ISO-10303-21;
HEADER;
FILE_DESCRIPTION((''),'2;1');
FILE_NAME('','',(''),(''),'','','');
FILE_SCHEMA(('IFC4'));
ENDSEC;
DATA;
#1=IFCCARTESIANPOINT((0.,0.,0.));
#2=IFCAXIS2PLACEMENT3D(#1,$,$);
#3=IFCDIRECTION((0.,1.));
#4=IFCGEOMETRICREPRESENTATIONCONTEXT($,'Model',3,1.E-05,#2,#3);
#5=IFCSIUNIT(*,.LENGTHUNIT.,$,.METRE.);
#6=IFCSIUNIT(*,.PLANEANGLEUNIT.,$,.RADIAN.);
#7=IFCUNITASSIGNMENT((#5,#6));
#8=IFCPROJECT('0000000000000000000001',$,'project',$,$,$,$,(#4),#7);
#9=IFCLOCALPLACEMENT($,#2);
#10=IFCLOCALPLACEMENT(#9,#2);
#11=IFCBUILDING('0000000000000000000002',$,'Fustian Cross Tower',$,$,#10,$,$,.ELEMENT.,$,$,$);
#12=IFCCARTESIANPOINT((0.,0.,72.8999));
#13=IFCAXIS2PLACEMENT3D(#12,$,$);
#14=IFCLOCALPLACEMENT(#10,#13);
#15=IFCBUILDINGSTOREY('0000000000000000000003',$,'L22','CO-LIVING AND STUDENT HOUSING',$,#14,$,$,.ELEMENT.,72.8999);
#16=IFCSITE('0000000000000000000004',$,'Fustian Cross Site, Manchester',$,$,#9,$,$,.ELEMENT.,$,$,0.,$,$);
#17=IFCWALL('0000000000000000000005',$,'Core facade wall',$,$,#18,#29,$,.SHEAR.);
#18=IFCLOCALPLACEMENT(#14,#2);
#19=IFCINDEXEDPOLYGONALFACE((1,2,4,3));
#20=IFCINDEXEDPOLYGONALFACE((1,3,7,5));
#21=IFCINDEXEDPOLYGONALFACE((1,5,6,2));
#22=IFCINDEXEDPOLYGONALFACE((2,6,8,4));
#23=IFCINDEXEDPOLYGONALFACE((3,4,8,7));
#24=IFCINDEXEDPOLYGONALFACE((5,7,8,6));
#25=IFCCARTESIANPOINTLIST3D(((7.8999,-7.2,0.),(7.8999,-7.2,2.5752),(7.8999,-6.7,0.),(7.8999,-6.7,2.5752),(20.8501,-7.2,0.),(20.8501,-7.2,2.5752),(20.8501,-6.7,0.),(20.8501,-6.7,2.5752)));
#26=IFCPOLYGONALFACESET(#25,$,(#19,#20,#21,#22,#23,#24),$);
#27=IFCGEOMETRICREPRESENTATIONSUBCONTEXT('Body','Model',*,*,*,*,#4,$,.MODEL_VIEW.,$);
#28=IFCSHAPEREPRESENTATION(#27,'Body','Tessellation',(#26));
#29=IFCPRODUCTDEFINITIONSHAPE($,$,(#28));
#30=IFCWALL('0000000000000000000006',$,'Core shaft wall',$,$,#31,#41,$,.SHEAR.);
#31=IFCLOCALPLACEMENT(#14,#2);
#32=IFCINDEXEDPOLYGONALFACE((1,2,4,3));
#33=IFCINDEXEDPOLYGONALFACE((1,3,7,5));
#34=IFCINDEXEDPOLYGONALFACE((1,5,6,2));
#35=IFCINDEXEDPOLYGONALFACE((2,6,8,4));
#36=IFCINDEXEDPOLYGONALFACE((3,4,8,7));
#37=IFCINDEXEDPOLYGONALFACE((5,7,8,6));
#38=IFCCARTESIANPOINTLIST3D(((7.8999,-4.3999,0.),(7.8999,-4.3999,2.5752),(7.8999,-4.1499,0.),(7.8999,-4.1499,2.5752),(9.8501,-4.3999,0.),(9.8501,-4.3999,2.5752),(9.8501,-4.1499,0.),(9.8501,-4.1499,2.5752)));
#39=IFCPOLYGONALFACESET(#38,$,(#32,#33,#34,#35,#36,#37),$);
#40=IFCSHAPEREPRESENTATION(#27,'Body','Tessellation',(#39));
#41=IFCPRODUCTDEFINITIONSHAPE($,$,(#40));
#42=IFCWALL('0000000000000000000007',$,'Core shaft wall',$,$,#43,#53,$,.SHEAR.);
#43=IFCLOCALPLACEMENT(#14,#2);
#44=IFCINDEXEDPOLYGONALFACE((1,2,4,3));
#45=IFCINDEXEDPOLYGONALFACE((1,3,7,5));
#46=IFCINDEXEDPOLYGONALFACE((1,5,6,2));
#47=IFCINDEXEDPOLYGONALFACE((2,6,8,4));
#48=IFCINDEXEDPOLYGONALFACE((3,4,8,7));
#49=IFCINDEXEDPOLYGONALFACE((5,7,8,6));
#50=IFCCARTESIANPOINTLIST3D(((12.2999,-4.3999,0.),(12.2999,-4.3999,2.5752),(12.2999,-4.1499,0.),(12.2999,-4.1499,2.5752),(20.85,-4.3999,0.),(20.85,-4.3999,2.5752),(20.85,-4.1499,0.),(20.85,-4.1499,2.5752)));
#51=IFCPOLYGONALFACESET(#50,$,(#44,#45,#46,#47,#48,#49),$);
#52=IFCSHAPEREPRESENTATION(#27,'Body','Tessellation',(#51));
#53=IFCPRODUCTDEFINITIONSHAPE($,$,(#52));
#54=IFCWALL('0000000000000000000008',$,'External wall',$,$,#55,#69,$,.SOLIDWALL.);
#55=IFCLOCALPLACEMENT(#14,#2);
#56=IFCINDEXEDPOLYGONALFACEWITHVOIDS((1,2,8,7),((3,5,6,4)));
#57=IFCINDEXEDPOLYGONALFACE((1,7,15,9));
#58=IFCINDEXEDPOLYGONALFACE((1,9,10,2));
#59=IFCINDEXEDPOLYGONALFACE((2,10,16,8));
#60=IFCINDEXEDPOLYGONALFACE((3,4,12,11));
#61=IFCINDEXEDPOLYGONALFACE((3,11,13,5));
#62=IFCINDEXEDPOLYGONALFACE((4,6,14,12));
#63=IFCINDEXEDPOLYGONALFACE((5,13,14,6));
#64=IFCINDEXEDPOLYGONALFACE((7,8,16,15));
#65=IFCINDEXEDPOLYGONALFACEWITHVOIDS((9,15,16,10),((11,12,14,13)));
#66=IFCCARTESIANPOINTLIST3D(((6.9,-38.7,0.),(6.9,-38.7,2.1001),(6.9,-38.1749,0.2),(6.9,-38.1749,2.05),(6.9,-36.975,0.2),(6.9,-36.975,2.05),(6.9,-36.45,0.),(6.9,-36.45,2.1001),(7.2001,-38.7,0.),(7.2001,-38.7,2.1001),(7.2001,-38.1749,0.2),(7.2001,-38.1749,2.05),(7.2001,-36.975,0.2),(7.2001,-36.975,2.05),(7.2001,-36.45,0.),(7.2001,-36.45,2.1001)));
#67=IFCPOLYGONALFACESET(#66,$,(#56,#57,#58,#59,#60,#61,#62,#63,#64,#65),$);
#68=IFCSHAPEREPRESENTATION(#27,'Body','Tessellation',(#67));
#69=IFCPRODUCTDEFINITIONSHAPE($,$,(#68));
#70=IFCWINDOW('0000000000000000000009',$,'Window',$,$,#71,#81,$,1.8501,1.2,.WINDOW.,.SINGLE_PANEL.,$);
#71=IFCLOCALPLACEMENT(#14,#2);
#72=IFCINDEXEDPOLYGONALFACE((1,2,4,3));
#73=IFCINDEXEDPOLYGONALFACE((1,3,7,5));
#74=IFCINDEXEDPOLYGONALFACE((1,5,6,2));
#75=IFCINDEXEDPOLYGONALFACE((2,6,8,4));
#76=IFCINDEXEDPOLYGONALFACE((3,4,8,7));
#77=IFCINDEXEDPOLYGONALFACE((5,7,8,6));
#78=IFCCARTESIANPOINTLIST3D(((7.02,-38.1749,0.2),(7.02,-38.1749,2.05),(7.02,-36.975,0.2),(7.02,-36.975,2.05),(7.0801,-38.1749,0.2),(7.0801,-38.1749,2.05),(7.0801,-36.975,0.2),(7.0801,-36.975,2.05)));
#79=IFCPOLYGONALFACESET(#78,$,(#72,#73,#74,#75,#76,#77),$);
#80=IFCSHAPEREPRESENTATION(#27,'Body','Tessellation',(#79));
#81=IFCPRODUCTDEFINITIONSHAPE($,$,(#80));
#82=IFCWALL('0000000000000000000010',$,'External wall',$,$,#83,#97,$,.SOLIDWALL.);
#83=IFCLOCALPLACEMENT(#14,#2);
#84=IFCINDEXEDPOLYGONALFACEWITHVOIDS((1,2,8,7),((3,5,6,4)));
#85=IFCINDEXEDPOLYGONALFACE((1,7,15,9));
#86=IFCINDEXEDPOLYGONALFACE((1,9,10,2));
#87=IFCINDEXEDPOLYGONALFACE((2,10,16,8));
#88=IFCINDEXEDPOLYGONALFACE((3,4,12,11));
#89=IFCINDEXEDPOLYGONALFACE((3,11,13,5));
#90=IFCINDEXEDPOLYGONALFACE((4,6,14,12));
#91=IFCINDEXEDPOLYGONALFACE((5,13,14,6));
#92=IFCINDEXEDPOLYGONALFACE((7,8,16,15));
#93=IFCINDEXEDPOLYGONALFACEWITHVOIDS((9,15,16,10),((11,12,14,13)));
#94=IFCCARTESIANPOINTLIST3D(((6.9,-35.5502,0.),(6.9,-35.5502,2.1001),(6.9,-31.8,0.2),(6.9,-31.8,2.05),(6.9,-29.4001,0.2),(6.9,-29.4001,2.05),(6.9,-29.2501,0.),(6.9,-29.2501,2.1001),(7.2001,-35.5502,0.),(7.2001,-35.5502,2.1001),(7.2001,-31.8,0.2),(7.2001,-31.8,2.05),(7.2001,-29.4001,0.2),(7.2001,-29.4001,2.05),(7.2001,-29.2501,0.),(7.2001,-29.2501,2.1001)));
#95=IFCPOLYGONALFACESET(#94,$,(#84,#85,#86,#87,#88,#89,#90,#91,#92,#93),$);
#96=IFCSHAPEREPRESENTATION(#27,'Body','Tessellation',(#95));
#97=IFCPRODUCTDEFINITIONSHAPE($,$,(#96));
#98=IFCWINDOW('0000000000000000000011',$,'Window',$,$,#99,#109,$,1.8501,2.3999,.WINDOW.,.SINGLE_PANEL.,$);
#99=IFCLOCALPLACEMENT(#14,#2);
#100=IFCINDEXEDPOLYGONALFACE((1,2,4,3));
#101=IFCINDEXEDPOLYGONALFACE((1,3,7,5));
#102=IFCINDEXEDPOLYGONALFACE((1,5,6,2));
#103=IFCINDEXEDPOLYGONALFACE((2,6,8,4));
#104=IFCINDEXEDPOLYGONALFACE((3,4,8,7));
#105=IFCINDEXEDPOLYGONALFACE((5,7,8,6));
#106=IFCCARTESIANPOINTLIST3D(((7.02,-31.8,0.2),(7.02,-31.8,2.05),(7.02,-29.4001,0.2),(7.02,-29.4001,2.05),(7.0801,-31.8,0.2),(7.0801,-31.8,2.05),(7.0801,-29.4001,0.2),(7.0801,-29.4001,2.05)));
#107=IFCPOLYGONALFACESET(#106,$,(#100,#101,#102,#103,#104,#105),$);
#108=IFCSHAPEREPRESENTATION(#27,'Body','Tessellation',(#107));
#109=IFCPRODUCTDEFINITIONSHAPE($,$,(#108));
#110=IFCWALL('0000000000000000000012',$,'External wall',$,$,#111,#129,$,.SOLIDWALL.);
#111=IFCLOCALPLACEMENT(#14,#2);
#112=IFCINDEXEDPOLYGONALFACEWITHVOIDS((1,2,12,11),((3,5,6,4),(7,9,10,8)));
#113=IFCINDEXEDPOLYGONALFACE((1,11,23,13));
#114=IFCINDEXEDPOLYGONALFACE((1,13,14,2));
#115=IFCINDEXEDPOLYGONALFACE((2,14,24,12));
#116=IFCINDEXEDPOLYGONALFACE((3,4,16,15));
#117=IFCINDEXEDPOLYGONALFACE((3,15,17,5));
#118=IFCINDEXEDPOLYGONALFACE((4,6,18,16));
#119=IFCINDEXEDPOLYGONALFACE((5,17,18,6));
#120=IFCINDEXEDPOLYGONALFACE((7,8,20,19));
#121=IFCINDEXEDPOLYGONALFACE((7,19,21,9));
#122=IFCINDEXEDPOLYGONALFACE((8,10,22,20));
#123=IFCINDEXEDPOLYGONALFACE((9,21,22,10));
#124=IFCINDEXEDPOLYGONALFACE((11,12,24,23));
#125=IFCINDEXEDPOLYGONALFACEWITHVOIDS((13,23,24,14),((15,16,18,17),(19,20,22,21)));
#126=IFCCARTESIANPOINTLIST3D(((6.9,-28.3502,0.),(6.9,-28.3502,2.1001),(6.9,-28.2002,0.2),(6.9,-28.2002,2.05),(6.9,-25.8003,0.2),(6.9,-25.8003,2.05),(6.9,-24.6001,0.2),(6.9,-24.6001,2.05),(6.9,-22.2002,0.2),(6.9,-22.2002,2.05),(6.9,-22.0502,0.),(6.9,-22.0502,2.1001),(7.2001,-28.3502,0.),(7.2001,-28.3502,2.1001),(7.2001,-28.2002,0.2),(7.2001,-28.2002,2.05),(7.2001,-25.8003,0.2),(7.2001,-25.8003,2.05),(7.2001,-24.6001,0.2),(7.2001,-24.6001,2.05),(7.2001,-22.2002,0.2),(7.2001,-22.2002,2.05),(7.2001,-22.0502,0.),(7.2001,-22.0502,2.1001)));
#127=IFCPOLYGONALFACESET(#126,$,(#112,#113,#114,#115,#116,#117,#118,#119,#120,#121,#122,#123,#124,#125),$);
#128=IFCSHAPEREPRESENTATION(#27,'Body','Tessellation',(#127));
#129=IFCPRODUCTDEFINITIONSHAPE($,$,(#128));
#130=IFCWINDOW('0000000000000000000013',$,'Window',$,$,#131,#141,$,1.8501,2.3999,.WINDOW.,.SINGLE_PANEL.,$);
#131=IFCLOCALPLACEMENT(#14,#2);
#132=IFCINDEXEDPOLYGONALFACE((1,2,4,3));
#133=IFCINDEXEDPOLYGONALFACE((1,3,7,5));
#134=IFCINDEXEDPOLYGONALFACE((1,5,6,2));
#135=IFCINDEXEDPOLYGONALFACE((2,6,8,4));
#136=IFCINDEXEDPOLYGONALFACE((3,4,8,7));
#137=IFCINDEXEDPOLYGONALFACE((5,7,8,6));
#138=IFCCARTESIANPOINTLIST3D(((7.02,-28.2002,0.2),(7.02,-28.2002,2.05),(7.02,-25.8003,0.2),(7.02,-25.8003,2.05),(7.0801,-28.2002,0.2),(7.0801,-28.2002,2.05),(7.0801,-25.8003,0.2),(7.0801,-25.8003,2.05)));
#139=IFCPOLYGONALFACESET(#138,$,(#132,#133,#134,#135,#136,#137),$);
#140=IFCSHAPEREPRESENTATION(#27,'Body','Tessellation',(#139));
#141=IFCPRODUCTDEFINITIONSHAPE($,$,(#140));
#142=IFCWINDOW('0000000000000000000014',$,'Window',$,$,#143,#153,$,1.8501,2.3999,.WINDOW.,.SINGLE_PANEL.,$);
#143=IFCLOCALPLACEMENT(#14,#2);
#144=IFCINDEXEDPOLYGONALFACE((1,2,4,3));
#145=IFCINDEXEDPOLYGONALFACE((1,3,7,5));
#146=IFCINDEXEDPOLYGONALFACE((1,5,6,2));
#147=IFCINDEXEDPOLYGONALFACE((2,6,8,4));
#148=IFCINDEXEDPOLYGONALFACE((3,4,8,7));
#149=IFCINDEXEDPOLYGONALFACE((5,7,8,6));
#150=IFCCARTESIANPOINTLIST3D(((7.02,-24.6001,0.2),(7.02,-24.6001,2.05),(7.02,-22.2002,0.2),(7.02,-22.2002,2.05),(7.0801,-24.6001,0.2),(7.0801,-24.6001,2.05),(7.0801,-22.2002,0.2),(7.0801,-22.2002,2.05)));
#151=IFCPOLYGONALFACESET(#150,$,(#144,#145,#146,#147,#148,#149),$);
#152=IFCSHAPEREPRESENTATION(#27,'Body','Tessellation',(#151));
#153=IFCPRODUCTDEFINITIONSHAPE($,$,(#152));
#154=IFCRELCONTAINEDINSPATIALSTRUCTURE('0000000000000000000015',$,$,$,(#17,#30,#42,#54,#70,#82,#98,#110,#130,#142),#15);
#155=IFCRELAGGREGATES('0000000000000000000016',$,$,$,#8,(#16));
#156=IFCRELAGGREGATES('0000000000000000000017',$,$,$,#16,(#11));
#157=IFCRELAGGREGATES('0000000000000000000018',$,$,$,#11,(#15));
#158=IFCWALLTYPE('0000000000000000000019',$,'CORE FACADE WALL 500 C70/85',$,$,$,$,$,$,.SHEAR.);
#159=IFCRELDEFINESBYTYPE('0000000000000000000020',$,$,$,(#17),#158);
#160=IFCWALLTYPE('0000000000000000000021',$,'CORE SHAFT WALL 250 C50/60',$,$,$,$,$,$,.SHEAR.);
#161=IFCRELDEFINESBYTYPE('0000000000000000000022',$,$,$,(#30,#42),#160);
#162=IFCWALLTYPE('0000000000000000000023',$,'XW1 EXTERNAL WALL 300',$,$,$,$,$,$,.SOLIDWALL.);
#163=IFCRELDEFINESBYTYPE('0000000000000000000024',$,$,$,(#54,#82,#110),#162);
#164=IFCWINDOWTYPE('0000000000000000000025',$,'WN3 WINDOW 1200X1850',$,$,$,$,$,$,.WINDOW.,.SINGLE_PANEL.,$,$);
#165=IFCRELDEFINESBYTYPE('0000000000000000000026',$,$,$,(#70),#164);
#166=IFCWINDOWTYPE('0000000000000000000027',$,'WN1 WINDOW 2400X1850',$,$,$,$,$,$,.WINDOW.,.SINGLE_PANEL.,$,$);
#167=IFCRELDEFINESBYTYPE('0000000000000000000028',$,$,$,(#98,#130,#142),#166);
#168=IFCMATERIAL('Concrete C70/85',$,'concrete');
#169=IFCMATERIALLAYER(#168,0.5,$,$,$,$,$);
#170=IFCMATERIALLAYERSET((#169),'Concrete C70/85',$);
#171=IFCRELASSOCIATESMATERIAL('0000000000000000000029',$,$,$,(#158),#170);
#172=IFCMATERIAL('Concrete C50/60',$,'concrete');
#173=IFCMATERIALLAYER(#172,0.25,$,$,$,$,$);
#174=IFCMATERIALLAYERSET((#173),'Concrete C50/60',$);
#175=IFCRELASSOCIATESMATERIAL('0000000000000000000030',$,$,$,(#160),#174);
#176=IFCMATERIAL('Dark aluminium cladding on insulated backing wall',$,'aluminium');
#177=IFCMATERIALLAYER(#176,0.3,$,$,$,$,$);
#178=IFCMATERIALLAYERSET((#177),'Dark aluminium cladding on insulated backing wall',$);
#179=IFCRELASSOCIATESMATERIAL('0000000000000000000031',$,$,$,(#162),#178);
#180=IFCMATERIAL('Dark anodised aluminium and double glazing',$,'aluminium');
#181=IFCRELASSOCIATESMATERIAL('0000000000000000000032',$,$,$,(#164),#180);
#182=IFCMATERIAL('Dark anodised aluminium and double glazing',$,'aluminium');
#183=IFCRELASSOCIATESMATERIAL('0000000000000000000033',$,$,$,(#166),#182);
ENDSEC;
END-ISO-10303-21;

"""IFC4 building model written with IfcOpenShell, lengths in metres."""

from ifc_helpers import new_model, si_unit, direction, frame, frame_2d, origin, place, context, subcontext, project, spatial, rectangle, extrude, material, layer, layer_set, type_object, element, fill, save


model = new_model("IFC4")

# Units and contexts
model_context = context("Model", 3, precision=1e-05, world=origin(), true_north=direction((0.0, 1.0)))
body_context = subcontext(model_context, "Body", "Model", "MODEL_VIEW")
ifc_project = project(units=[si_unit("LENGTHUNIT", "METRE"), si_unit("PLANEANGLEUNIT", "RADIAN")], contexts=[model_context])

# Site, building, storey
site_placement = place(None, origin())
site = spatial("IfcSite", under=ifc_project, at=site_placement, Name="Fustian Cross Site, Manchester", CompositionType="ELEMENT", RefElevation=0.0)
building_placement = place(site_placement, origin())
building = spatial("IfcBuilding", under=site, at=building_placement, Name="Fustian Cross Tower", CompositionType="ELEMENT")
storey_placement = place(building_placement, frame((0.0, 0.0, 72.8999)))
storey = spatial("IfcBuildingStorey", under=building, at=storey_placement, Name="L22", Description="CO-LIVING AND STUDENT HOUSING", CompositionType="ELEMENT", Elevation=72.8999)

# Walls
ifc_material_1 = material(Name="Concrete C70/85", Category="concrete")
ifc_layer_1 = layer(ifc_material_1, 0.5)
ifc_layer_set_1 = layer_set([ifc_layer_1], Name="Concrete C70/85")
wall_type_1 = type_object("IfcWallType", Name="CORE FACADE WALL 500 C70/85", PredefinedType="SHEAR", material=ifc_layer_set_1)
wall_1_placement = place(storey_placement, frame((7.8999, -6.95, 0.0), z_axis=(0.0, 0.0, 1.0), x_axis=(1.0, 0.0, 0.0)))
element("IfcWall", 1, at=wall_1_placement, inside=storey, type_object=wall_type_1, Name="Core facade wall", PredefinedType="SHEAR", context=body_context, shape_type="SweptSolid", body=[
    extrude(rectangle(XDim=12.9502, YDim=0.5, at=frame_2d((6.4751, 0.0))), origin(), (0.0, 0.0, 1.0), 2.5752),
])
ifc_material_2 = material(Name="Concrete C50/60", Category="concrete")
ifc_layer_2 = layer(ifc_material_2, 0.25)
ifc_layer_set_2 = layer_set([ifc_layer_2], Name="Concrete C50/60")
wall_type_2 = type_object("IfcWallType", Name="CORE SHAFT WALL 250 C50/60", PredefinedType="SHEAR", material=ifc_layer_set_2)
wall_2_placement = place(storey_placement, frame((7.8999, -4.2749, 0.0), z_axis=(0.0, 0.0, 1.0), x_axis=(1.0, 0.0, 0.0)))
element("IfcWall", 2, at=wall_2_placement, inside=storey, type_object=wall_type_2, Name="Core shaft wall", PredefinedType="SHEAR", context=body_context, shape_type="SweptSolid", body=[
    extrude(rectangle(XDim=1.9502, YDim=0.25, at=frame_2d((0.9751, 0.0))), origin(), (0.0, 0.0, 1.0), 2.5752),
])
wall_3_placement = place(storey_placement, frame((12.3, -4.2749, 0.0), z_axis=(0.0, 0.0, 1.0), x_axis=(1.0, 0.0, 0.0)))
element("IfcWall", 3, at=wall_3_placement, inside=storey, type_object=wall_type_2, Name="Core shaft wall", PredefinedType="SHEAR", context=body_context, shape_type="SweptSolid", body=[
    extrude(rectangle(XDim=8.55, YDim=0.25, at=frame_2d((4.2749, 0.0))), origin(), (0.0, 0.0, 1.0), 2.5752),
])

# Walls, openings, windows
ifc_material_3 = material(Name="Dark aluminium cladding on insulated backing wall", Category="aluminium")
ifc_layer_3 = layer(ifc_material_3, 0.3)
ifc_layer_set_3 = layer_set([ifc_layer_3], Name="Dark aluminium cladding on insulated backing wall")
wall_type_3 = type_object("IfcWallType", Name="XW1 EXTERNAL WALL 300", PredefinedType="SOLIDWALL", material=ifc_layer_set_3)
wall_4_placement = place(storey_placement, frame((7.05, -38.7, 0.0), z_axis=(0.0, 0.0, 1.0), x_axis=(0.0, 1.0, 0.0)))
wall_4 = element("IfcWall", 4, at=wall_4_placement, inside=storey, type_object=wall_type_3, Name="External wall", PredefinedType="SOLIDWALL", context=body_context, shape_type="SweptSolid", body=[
    extrude(rectangle(XDim=2.25, YDim=0.3, at=frame_2d((1.125, 0.0))), origin(), (0.0, 0.0, 1.0), 2.1001),
])
opening_1_placement = place(wall_4_placement, frame((0.5249, 0.0, 0.2)))
opening_1 = element("IfcOpeningElement", 5, at=opening_1_placement, cuts=wall_4, PredefinedType="OPENING", context=body_context, shape_type="SweptSolid", body=[
    extrude(rectangle(XDim=1.2, YDim=1.8501, at=frame_2d((0.6001, 0.925))), frame((0.0, 0.1599, 0.0), z_axis=(0.0, -1.0, 0.0), x_axis=(1.0, 0.0, 0.0)), (0.0, 0.0, 1.0), 0.3201),
])
ifc_material_4 = material(Name="Dark anodised aluminium and double glazing", Category="aluminium")
window_type_1 = type_object("IfcWindowType", Name="WN3 WINDOW 1200X1850", PartitioningType="SINGLE_PANEL", PredefinedType="WINDOW", material=ifc_material_4)
window_1_placement = place(opening_1_placement, origin())
window_1 = element("IfcWindow", 6, at=window_1_placement, inside=storey, type_object=window_type_1, Name="Window", OverallHeight=1.8501, OverallWidth=1.2, PartitioningType="SINGLE_PANEL", PredefinedType="WINDOW", context=body_context, shape_type="SweptSolid", body=[
    extrude(rectangle(XDim=1.2, YDim=1.8501, at=frame_2d((0.6001, 0.925))), frame((0.0, 0.03, 0.0), z_axis=(0.0, -1.0, 0.0), x_axis=(1.0, 0.0, 0.0)), (0.0, 0.0, 1.0), 0.0601),
])
fill(opening_1, window_1)
wall_5_placement = place(storey_placement, frame((7.05, -35.55, 0.0), z_axis=(0.0, 0.0, 1.0), x_axis=(0.0, 1.0, 0.0)))
wall_5 = element("IfcWall", 7, at=wall_5_placement, inside=storey, type_object=wall_type_3, Name="External wall", PredefinedType="SOLIDWALL", context=body_context, shape_type="SweptSolid", body=[
    extrude(rectangle(XDim=6.3, YDim=0.3, at=frame_2d((3.1499, 0.0))), origin(), (0.0, 0.0, 1.0), 2.1001),
])
opening_2_placement = place(wall_5_placement, frame((3.75, 0.0, 0.2)))
opening_2 = element("IfcOpeningElement", 8, at=opening_2_placement, cuts=wall_5, PredefinedType="OPENING", context=body_context, shape_type="SweptSolid", body=[
    extrude(rectangle(XDim=2.3999, YDim=1.8501, at=frame_2d((1.2, 0.925))), frame((0.0, 0.1599, 0.0), z_axis=(0.0, -1.0, 0.0), x_axis=(1.0, 0.0, 0.0)), (0.0, 0.0, 1.0), 0.3201),
])
ifc_material_5 = material(Name="Dark anodised aluminium and double glazing", Category="aluminium")
window_type_2 = type_object("IfcWindowType", Name="WN1 WINDOW 2400X1850", PartitioningType="SINGLE_PANEL", PredefinedType="WINDOW", material=ifc_material_5)
window_2_placement = place(opening_2_placement, origin())
window_2 = element("IfcWindow", 9, at=window_2_placement, inside=storey, type_object=window_type_2, Name="Window", OverallHeight=1.8501, OverallWidth=2.3999, PartitioningType="SINGLE_PANEL", PredefinedType="WINDOW", context=body_context, shape_type="SweptSolid", body=[
    extrude(rectangle(XDim=2.3999, YDim=1.8501, at=frame_2d((1.2, 0.925))), frame((0.0, 0.03, 0.0), z_axis=(0.0, -1.0, 0.0), x_axis=(1.0, 0.0, 0.0)), (0.0, 0.0, 1.0), 0.0601),
])
fill(opening_2, window_2)

# Wall, openings, windows
wall_6_placement = place(storey_placement, frame((7.05, -28.3501, 0.0), z_axis=(0.0, 0.0, 1.0), x_axis=(0.0, 1.0, 0.0)))
wall_6 = element("IfcWall", 10, at=wall_6_placement, inside=storey, type_object=wall_type_3, Name="External wall", PredefinedType="SOLIDWALL", context=body_context, shape_type="SweptSolid", body=[
    extrude(rectangle(XDim=6.3, YDim=0.3, at=frame_2d((3.1499, 0.0))), origin(), (0.0, 0.0, 1.0), 2.1001),
])
opening_3_placement = place(wall_6_placement, frame((0.1499, 0.0, 0.2)))
opening_3 = element("IfcOpeningElement", 11, at=opening_3_placement, cuts=wall_6, PredefinedType="OPENING", context=body_context, shape_type="SweptSolid", body=[
    extrude(rectangle(XDim=2.3999, YDim=1.8501, at=frame_2d((1.2, 0.925))), frame((0.0, 0.1599, 0.0), z_axis=(0.0, -1.0, 0.0), x_axis=(1.0, 0.0, 0.0)), (0.0, 0.0, 1.0), 0.3201),
])
opening_4_placement = place(wall_6_placement, frame((3.75, 0.0, 0.2)))
opening_4 = element("IfcOpeningElement", 12, at=opening_4_placement, cuts=wall_6, PredefinedType="OPENING", context=body_context, shape_type="SweptSolid", body=[
    extrude(rectangle(XDim=2.3999, YDim=1.8501, at=frame_2d((1.2, 0.925))), frame((0.0, 0.1599, 0.0), z_axis=(0.0, -1.0, 0.0), x_axis=(1.0, 0.0, 0.0)), (0.0, 0.0, 1.0), 0.3201),
])
window_3_placement = place(opening_3_placement, origin())
window_3 = element("IfcWindow", 13, at=window_3_placement, inside=storey, type_object=window_type_2, Name="Window", OverallHeight=1.8501, OverallWidth=2.3999, PartitioningType="SINGLE_PANEL", PredefinedType="WINDOW", context=body_context, shape_type="SweptSolid", body=[
    extrude(rectangle(XDim=2.3999, YDim=1.8501, at=frame_2d((1.2, 0.925))), frame((0.0, 0.03, 0.0), z_axis=(0.0, -1.0, 0.0), x_axis=(1.0, 0.0, 0.0)), (0.0, 0.0, 1.0), 0.0601),
])
fill(opening_3, window_3)
window_4_placement = place(opening_4_placement, origin())
window_4 = element("IfcWindow", 14, at=window_4_placement, inside=storey, type_object=window_type_2, Name="Window", OverallHeight=1.8501, OverallWidth=2.3999, PartitioningType="SINGLE_PANEL", PredefinedType="WINDOW", context=body_context, shape_type="SweptSolid", body=[
    extrude(rectangle(XDim=2.3999, YDim=1.8501, at=frame_2d((1.2, 0.925))), frame((0.0, 0.03, 0.0), z_axis=(0.0, -1.0, 0.0), x_axis=(1.0, 0.0, 0.0)), (0.0, 0.0, 1.0), 0.0601),
])
fill(opening_4, window_4)

save(model, "model.ifc")
